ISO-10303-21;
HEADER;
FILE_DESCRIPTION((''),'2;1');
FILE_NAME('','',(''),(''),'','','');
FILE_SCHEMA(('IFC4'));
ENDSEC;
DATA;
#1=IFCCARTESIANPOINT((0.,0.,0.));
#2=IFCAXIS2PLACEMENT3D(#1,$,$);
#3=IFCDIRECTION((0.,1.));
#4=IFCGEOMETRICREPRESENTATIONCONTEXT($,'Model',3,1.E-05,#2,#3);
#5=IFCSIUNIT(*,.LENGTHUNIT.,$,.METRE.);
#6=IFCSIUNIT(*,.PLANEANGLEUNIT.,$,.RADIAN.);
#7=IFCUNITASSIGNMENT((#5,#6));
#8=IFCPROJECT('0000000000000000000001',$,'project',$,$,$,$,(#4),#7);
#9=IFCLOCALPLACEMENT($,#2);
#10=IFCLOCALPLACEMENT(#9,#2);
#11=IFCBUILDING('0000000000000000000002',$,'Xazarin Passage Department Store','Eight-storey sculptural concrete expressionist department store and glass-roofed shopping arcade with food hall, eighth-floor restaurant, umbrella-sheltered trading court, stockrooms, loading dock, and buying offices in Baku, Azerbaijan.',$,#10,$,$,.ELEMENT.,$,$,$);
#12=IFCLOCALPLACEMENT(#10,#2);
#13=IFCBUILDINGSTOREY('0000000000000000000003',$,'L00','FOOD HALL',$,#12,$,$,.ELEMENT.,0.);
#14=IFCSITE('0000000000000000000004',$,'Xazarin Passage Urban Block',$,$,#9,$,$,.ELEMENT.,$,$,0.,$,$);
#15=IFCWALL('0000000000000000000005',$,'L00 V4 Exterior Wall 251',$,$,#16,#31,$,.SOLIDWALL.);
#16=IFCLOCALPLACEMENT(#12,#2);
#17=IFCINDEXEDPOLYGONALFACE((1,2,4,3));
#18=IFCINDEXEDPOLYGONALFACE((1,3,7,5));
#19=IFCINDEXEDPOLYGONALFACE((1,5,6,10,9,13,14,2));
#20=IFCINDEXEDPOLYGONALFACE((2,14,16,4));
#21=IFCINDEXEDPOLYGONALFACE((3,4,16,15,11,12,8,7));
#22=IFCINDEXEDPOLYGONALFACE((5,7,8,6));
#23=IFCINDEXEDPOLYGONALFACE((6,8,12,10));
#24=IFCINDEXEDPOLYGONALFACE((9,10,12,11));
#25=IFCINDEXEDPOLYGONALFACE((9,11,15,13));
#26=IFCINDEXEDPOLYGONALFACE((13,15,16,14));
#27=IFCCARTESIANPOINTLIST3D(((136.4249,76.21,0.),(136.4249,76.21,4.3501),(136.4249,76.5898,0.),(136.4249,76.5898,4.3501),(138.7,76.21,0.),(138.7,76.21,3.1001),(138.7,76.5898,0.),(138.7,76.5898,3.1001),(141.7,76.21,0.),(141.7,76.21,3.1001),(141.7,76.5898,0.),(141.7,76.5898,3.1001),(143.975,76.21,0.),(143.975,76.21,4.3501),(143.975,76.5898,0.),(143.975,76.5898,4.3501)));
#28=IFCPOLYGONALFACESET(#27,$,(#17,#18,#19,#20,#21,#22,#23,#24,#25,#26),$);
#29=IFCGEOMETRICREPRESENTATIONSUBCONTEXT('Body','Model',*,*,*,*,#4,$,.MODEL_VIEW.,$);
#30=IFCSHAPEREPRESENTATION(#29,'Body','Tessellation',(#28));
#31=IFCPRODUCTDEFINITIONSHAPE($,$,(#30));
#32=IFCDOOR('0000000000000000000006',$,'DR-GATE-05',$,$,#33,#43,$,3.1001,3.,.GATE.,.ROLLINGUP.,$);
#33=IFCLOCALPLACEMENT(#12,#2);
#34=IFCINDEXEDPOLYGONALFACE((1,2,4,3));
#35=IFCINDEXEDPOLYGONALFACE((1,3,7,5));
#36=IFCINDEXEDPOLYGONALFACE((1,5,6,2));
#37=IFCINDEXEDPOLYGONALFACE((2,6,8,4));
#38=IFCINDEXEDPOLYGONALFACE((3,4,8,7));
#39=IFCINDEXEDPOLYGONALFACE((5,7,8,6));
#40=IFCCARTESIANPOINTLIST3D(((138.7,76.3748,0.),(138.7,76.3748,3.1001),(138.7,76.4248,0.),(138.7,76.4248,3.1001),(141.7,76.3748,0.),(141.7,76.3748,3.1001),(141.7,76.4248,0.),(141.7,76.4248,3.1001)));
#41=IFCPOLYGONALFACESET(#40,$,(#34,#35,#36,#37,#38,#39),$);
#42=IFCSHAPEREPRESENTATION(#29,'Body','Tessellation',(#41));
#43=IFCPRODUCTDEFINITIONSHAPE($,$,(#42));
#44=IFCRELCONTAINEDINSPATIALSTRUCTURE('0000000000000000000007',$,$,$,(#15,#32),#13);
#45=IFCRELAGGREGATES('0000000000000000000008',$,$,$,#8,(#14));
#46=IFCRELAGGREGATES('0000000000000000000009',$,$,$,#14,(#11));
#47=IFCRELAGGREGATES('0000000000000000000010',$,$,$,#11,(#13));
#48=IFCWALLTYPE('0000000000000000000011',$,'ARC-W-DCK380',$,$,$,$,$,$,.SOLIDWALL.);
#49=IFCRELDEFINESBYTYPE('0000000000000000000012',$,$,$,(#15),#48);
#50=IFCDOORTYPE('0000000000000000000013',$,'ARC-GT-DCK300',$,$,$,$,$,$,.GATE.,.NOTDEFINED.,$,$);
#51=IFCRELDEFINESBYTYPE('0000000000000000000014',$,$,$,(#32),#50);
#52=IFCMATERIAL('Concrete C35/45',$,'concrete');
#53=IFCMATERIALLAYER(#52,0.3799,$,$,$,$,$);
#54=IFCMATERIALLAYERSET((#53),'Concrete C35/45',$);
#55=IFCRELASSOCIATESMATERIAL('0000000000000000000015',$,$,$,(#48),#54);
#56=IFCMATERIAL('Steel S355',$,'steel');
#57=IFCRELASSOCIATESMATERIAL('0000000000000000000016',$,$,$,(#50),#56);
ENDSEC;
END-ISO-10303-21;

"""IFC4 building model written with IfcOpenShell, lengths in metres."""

from ifc_helpers import new_model, si_unit, direction, frame, frame_2d, origin, place, context, subcontext, project, spatial, rectangle, extrude, material, layer, layer_set, type_object, element, fill, save


model = new_model("IFC4")

# Units and contexts
model_context = context("Model", 3, precision=1e-05, world=origin(), true_north=direction((0.0, 1.0)))
body_context = subcontext(model_context, "Body", "Model", "MODEL_VIEW")
ifc_project = project(units=[si_unit("LENGTHUNIT", "METRE"), si_unit("PLANEANGLEUNIT", "RADIAN")], contexts=[model_context])

# Site, building, storey
site_placement = place(None, origin())
site = spatial("IfcSite", under=ifc_project, at=site_placement, Name="Xazarin Passage Urban Block", CompositionType="ELEMENT", RefElevation=0.0)
building_placement = place(site_placement, origin())
building = spatial("IfcBuilding", under=site, at=building_placement, Name="Xazarin Passage Department Store", Description="Eight-storey sculptural concrete expressionist department store and glass-roofed shopping arcade with food hall, eighth-floor restaurant, umbrella-sheltered trading court, stockrooms, loading dock, and buying offices in Baku, Azerbaijan.", CompositionType="ELEMENT")
storey_placement = place(building_placement, origin())
storey = spatial("IfcBuildingStorey", under=building, at=storey_placement, Name="L00", Description="FOOD HALL", CompositionType="ELEMENT", Elevation=0.0)

# Shared definitions
ifc_material_1 = material(Name="Concrete C35/45", Category="concrete")

# Wall, opening, door
ifc_layer = layer(ifc_material_1, 0.3799)
ifc_layer_set = layer_set([ifc_layer], Name="Concrete C35/45")
wall_type = type_object("IfcWallType", Name="ARC-W-DCK380", PredefinedType="SOLIDWALL", material=ifc_layer_set)
ifc_material_2 = material(Name="Steel S355", Category="steel")
wall_1_placement = place(storey_placement, frame((136.425, 76.3999, 0.0), z_axis=(0.0, 0.0, 1.0), x_axis=(1.0, 0.0, 0.0)))
wall_1 = element("IfcWall", 1, at=wall_1_placement, inside=storey, type_object=wall_type, Name="L00 V4 Exterior Wall 251", PredefinedType="SOLIDWALL", context=body_context, shape_type="SweptSolid", body=[
    extrude(rectangle(XDim=7.55, YDim=0.3799, at=frame_2d((3.7749, 0.0))), origin(), (0.0, 0.0, 1.0), 4.3501),
])
opening_1_placement = place(wall_1_placement, frame((2.2749, 0.0, 0.0)))
opening_1 = element("IfcOpeningElement", 2, at=opening_1_placement, cuts=wall_1, PredefinedType="OPENING", context=body_context, shape_type="SweptSolid", body=[
    extrude(rectangle(XDim=3.0, YDim=3.1001, at=frame_2d((1.5, 1.55))), frame((0.0, 0.2, 0.0), z_axis=(0.0, -1.0, 0.0), x_axis=(1.0, 0.0, 0.0)), (0.0, 0.0, 1.0), 0.3999),
])
door_type_1 = type_object("IfcDoorType", Name="ARC-GT-DCK300", OperationType="NOTDEFINED", PredefinedType="GATE", material=ifc_material_2)
door_1_placement = place(opening_1_placement, origin())
door_1 = element("IfcDoor", 3, at=door_1_placement, inside=storey, type_object=door_type_1, Name="DR-GATE-05", OperationType="ROLLINGUP", OverallHeight=3.1001, OverallWidth=3.0, PredefinedType="GATE", context=body_context, shape_type="SweptSolid", body=[
    extrude(rectangle(XDim=3.0, YDim=3.1001, at=frame_2d((1.5, 1.55))), frame((0.0, 0.0249, 0.0), z_axis=(0.0, -1.0, 0.0), x_axis=(1.0, 0.0, 0.0)), (0.0, 0.0, 1.0), 0.05),
])
fill(opening_1, door_1)

save(model, "model.ifc")
